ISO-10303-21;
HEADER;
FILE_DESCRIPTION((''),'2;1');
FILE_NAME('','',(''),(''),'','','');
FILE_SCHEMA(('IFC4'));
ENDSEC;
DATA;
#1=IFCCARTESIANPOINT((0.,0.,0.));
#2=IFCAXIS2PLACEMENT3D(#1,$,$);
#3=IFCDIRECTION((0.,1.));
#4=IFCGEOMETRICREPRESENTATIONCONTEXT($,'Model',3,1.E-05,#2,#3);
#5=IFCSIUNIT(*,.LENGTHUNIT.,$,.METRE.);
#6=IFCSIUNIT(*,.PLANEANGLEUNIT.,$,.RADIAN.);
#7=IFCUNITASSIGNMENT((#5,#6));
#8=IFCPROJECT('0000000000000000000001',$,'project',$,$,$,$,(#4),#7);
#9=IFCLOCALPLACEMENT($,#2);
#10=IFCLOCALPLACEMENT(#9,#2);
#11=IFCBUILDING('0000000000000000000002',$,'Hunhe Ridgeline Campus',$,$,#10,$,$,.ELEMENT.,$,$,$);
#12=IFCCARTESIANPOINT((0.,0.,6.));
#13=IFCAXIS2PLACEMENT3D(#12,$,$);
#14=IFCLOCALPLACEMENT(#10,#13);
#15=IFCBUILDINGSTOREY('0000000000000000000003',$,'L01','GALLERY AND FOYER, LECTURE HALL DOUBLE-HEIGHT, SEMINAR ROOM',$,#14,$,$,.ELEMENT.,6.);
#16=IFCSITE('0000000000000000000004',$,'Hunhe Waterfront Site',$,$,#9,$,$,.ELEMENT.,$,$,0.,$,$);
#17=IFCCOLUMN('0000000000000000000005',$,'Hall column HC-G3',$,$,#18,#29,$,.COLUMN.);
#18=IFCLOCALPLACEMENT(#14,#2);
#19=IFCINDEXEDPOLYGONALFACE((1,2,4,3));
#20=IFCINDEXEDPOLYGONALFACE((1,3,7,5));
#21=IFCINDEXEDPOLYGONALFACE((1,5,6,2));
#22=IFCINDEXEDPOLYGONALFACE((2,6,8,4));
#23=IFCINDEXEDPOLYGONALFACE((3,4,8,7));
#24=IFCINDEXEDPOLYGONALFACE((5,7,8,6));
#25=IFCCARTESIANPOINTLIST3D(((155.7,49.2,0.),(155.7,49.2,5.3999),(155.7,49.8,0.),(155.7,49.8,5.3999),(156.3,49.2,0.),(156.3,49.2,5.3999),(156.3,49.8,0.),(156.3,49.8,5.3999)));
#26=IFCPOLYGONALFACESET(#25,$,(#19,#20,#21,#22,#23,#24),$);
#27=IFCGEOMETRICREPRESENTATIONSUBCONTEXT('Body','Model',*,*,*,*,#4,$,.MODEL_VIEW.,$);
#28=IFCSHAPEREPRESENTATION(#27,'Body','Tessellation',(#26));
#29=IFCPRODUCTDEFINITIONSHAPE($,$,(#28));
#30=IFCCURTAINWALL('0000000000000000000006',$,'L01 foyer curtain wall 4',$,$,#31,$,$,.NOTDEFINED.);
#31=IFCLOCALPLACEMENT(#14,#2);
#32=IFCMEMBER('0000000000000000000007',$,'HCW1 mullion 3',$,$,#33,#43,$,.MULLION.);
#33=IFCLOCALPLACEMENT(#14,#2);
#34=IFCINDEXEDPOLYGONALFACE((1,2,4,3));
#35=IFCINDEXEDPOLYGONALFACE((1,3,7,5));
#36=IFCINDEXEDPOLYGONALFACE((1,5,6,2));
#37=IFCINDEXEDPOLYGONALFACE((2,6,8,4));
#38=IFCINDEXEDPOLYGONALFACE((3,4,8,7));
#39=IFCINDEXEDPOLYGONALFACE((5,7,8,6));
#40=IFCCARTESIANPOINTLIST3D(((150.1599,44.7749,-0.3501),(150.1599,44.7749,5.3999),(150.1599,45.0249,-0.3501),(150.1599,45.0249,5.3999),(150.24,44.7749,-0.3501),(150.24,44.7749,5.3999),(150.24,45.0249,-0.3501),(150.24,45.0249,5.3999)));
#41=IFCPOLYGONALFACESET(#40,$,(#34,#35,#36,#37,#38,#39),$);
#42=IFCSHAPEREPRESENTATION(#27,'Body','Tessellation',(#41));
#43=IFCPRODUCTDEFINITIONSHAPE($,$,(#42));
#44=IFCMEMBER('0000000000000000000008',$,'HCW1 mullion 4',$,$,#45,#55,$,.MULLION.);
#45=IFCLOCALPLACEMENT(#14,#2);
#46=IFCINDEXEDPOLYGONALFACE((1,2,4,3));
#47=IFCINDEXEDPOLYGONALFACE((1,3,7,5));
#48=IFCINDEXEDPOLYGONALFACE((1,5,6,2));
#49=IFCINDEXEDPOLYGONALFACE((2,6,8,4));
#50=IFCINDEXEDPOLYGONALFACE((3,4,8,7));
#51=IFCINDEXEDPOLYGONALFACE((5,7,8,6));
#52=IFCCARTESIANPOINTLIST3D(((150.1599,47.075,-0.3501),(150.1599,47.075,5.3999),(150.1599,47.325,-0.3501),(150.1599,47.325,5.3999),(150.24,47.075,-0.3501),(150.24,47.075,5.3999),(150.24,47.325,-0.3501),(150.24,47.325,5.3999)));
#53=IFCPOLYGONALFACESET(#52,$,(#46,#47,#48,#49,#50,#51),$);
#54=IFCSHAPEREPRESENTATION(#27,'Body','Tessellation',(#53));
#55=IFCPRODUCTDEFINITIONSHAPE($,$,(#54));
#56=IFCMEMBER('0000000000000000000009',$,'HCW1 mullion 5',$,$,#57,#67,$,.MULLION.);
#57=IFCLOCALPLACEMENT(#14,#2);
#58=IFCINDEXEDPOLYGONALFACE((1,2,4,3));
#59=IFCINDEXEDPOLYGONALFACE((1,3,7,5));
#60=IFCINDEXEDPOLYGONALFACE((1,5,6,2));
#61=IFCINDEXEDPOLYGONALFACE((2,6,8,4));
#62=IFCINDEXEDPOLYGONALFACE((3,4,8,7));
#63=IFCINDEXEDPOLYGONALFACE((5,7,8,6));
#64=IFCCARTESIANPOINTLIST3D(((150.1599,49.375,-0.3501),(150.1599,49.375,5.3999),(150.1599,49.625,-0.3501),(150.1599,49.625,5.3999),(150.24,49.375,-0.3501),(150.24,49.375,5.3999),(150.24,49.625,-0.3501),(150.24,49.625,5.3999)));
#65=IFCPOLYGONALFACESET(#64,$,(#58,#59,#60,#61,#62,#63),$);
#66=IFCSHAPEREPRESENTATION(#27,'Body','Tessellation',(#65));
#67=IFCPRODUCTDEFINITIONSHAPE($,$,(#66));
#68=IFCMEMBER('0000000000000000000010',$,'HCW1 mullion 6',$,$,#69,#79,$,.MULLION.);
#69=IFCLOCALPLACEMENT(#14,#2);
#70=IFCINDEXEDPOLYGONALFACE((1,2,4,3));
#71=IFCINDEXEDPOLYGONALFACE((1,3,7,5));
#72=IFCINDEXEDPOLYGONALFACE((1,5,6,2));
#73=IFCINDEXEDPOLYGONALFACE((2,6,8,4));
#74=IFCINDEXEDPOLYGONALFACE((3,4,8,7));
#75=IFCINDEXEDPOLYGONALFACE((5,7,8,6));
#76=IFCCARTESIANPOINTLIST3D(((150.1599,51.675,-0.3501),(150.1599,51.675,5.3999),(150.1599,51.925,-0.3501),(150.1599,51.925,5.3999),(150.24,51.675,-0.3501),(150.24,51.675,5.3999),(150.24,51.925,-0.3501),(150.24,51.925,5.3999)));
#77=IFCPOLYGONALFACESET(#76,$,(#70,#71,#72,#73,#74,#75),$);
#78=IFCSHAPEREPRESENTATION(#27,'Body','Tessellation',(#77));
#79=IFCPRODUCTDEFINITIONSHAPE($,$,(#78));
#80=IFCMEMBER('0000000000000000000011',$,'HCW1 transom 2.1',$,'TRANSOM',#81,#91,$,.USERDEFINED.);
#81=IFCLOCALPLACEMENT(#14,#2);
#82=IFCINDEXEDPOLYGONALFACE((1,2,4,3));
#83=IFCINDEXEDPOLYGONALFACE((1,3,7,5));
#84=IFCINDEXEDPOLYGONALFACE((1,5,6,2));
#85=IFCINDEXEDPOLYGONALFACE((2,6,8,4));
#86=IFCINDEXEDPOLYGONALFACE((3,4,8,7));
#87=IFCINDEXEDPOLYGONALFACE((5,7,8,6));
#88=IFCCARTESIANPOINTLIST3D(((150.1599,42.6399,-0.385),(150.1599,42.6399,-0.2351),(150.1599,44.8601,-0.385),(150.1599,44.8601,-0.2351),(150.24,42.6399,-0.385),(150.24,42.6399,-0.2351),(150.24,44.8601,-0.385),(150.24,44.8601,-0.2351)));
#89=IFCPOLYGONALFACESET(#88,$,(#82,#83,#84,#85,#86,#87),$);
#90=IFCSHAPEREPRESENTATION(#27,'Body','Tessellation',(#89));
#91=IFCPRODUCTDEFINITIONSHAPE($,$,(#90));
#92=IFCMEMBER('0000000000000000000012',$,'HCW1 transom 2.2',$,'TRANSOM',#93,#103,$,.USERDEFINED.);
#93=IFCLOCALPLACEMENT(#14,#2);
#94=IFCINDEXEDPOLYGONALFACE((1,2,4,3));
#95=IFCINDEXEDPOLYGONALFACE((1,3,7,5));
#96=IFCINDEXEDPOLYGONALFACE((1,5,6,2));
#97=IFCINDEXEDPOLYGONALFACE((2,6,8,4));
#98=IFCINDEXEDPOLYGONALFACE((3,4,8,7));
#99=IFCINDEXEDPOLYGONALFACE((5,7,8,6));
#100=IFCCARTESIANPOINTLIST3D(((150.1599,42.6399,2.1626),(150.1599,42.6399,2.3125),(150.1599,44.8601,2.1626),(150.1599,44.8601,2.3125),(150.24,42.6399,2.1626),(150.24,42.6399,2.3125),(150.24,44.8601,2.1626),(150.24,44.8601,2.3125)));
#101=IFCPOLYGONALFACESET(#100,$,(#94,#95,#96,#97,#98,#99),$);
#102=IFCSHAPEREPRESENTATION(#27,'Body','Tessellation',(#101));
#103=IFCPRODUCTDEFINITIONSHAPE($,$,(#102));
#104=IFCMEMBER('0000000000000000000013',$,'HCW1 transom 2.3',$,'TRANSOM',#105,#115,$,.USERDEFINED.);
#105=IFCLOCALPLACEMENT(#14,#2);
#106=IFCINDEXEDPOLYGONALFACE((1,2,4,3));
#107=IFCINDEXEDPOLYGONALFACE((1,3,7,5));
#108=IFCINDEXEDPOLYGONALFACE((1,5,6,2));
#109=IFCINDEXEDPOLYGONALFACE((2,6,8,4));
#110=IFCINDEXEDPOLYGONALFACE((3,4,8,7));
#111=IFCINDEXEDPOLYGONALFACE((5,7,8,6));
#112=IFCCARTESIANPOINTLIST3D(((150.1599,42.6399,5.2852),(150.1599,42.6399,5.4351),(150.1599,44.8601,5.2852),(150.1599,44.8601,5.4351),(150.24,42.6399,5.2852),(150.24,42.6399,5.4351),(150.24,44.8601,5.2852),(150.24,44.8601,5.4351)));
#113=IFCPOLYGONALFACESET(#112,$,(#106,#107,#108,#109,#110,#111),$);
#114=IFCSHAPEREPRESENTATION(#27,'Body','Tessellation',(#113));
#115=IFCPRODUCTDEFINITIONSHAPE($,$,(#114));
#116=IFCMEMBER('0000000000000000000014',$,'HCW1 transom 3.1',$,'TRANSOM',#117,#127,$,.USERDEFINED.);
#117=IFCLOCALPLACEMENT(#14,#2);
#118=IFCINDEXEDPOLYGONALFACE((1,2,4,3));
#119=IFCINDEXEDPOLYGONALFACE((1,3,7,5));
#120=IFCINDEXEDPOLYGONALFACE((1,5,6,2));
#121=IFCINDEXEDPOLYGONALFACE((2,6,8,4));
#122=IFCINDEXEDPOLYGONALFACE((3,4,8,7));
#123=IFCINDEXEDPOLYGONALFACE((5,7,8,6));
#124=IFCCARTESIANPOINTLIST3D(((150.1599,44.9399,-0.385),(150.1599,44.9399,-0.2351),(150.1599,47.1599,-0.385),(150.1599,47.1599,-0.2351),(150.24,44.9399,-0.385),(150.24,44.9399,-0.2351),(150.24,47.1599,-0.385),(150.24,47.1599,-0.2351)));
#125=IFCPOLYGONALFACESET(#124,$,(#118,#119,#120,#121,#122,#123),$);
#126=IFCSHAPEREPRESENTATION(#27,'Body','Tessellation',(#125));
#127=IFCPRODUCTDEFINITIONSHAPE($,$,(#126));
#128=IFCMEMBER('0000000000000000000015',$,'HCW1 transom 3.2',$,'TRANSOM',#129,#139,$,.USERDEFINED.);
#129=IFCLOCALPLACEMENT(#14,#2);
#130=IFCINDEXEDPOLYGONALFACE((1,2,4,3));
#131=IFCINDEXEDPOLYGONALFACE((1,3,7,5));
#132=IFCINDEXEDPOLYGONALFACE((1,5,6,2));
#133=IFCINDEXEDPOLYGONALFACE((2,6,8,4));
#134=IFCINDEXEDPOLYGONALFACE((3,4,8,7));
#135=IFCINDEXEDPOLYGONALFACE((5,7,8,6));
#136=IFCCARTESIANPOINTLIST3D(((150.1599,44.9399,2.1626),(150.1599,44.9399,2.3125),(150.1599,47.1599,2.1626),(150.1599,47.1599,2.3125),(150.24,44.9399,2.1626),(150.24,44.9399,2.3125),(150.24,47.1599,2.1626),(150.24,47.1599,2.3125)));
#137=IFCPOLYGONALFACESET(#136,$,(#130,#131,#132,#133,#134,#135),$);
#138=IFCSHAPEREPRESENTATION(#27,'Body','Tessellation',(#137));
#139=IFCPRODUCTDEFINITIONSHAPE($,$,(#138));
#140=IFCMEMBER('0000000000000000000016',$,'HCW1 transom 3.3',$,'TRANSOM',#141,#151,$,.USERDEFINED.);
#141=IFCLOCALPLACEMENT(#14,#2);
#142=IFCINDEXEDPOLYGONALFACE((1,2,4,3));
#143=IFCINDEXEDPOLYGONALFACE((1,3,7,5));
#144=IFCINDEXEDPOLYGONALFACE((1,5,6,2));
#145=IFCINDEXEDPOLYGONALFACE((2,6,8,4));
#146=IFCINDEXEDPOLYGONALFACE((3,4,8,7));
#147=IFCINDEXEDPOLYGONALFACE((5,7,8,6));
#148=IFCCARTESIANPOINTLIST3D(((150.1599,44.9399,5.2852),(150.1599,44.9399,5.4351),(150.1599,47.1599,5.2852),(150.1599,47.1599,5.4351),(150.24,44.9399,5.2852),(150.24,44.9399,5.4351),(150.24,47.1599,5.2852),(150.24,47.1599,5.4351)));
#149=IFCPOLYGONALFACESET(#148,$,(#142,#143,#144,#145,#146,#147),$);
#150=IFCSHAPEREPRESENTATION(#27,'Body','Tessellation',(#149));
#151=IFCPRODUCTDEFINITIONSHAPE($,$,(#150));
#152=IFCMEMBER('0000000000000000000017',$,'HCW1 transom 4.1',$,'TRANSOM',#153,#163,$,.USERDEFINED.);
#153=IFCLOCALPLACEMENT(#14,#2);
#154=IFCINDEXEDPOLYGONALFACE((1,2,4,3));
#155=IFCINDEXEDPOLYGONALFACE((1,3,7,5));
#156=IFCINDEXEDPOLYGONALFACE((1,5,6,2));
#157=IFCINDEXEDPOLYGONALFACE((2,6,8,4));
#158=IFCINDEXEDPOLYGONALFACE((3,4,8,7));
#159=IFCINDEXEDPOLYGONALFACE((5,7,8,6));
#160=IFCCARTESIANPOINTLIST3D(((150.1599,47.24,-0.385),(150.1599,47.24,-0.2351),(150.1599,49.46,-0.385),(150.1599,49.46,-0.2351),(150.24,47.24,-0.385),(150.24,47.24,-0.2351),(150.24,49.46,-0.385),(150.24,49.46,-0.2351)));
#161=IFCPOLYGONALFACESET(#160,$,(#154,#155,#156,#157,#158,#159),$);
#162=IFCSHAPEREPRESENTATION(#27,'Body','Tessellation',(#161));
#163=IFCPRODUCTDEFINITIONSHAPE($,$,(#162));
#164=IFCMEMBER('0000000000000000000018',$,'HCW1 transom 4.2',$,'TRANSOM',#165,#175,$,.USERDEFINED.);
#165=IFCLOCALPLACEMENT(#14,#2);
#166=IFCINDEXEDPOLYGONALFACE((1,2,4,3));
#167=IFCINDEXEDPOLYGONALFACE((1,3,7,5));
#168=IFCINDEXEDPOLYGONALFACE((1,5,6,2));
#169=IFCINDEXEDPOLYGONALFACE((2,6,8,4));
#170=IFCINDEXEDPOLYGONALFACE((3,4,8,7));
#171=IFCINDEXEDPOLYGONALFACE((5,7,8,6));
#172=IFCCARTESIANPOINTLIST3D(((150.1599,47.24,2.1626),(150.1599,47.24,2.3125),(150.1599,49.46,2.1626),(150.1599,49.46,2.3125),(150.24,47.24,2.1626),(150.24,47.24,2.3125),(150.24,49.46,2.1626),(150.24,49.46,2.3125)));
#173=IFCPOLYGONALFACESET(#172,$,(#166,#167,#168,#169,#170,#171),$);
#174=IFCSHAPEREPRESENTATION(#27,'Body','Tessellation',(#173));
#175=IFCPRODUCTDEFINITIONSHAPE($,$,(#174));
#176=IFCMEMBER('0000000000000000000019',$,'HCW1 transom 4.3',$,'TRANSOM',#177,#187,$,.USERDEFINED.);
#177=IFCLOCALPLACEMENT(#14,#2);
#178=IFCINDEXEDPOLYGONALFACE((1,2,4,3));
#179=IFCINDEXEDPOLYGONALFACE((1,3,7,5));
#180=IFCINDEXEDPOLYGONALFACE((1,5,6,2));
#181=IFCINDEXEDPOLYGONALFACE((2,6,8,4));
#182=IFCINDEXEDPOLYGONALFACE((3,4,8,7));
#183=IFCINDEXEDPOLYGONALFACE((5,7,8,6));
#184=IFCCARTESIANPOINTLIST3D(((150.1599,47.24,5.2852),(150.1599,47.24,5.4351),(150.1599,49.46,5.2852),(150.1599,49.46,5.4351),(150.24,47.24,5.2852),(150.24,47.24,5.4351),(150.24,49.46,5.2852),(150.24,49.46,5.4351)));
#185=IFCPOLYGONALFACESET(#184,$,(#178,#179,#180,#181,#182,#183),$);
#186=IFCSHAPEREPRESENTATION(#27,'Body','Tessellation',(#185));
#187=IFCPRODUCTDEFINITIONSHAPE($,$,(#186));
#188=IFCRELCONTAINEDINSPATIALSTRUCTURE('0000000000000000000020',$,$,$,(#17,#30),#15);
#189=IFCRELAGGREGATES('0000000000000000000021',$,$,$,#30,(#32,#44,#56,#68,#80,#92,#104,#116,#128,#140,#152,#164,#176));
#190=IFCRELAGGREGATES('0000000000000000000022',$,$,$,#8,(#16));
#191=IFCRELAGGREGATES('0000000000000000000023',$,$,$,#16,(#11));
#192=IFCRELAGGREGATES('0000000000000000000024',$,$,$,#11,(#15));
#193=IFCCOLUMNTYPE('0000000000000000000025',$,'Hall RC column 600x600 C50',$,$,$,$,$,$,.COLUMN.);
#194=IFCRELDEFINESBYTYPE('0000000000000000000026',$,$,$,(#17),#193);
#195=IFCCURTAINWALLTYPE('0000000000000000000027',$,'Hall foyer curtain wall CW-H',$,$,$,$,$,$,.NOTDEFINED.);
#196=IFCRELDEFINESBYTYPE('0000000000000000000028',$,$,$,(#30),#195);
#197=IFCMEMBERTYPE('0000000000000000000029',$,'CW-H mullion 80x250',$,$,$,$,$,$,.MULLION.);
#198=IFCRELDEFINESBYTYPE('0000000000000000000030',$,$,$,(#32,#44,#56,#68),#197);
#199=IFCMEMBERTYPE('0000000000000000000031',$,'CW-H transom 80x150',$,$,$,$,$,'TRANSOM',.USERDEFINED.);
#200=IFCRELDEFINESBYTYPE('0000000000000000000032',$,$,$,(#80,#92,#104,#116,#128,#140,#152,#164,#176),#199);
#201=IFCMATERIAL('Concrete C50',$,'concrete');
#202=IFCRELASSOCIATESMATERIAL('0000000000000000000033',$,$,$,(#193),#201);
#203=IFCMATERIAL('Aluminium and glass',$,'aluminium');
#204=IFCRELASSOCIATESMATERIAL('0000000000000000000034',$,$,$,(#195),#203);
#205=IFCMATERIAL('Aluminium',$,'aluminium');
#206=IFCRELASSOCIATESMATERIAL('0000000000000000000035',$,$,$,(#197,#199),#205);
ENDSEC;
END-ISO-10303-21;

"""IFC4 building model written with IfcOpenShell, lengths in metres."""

from ifc_helpers import new_model, si_unit, direction, frame, origin, origin_2d, place, context, subcontext, project, spatial, rectangle, extrude, material, material_profile, profile_set, type_object, element, aggregate, save


model = new_model("IFC4")

# Units and contexts
model_context = context("Model", 3, precision=1e-05, world=origin(), true_north=direction((0.0, 1.0)))
body_context = subcontext(model_context, "Body", "Model", "MODEL_VIEW")
ifc_project = project(units=[si_unit("LENGTHUNIT", "METRE"), si_unit("PLANEANGLEUNIT", "RADIAN")], contexts=[model_context])

# Site, building, storey
site_placement = place(None, origin())
site = spatial("IfcSite", under=ifc_project, at=site_placement, Name="Hunhe Waterfront Site", CompositionType="ELEMENT", RefElevation=0.0)
building_placement = place(site_placement, origin())
building = spatial("IfcBuilding", under=site, at=building_placement, Name="Hunhe Ridgeline Campus", CompositionType="ELEMENT")
storey_placement = place(building_placement, frame((0.0, 0.0, 6.0)))
storey = spatial("IfcBuildingStorey", under=building, at=storey_placement, Name="L01", Description="GALLERY AND FOYER, LECTURE HALL DOUBLE-HEIGHT, SEMINAR ROOM", CompositionType="ELEMENT", Elevation=6.0)

# Column
ifc_material_1 = material(Name="Concrete C50", Category="concrete")
ifc_material_profile_1 = material_profile(ifc_material_1, rectangle(XDim=0.6001, YDim=0.6001, at=origin_2d()))
ifc_profile_set_1 = profile_set([ifc_material_profile_1], Name="Concrete C50")
column_type = type_object("IfcColumnType", Name="Hall RC column 600x600 C50", PredefinedType="COLUMN", material=ifc_profile_set_1)
column_placement = place(storey_placement, frame((156.0, 49.5, 0.0), z_axis=(0.0, 0.0, 1.0), x_axis=(1.0, 0.0, 0.0)))
element("IfcColumn", 1, at=column_placement, inside=storey, type_object=column_type, Name="Hall column HC-G3", PredefinedType="COLUMN", context=body_context, shape_type="SweptSolid", body=[
    extrude(rectangle(XDim=0.6001, YDim=0.6001, at=origin_2d()), origin(), (0.0, 0.0, 1.0), 5.3999),
])

# Curtain wall, members
ifc_material_2 = material(Name="Aluminium and glass", Category="aluminium")
curtain_wall_type = type_object("IfcCurtainWallType", Name="Hall foyer curtain wall CW-H", PredefinedType="NOTDEFINED", material=ifc_material_2)
curtain_wall_placement = place(storey_placement, origin())
curtain_wall = element("IfcCurtainWall", 2, at=curtain_wall_placement, inside=storey, type_object=curtain_wall_type, Name="L01 foyer curtain wall 4", PredefinedType="NOTDEFINED")
ifc_material_3 = material(Name="Aluminium", Category="aluminium")
ifc_material_profile_2 = material_profile(ifc_material_3, rectangle(XDim=0.0801, YDim=0.25, at=origin_2d()))
ifc_profile_set_2 = profile_set([ifc_material_profile_2], Name="Aluminium")
member_type_1 = type_object("IfcMemberType", Name="CW-H mullion 80x250", PredefinedType="MULLION", material=ifc_profile_set_2)
member_1_placement = place(storey_placement, frame((150.2, 44.8999, -0.3501), z_axis=(0.0, 0.0, 1.0), x_axis=(-1.0, 0.0, 0.0)))
member_1 = element("IfcMember", 3, at=member_1_placement, type_object=member_type_1, Name="HCW1 mullion 3", PredefinedType="MULLION", context=body_context, shape_type="SweptSolid", body=[
    extrude(rectangle(XDim=0.0801, YDim=0.25, at=origin_2d()), origin(), (0.0, 0.0, 1.0), 5.75),
])
member_2_placement = place(storey_placement, frame((150.2, 47.2, -0.3501), z_axis=(0.0, 0.0, 1.0), x_axis=(-1.0, 0.0, 0.0)))
member_2 = element("IfcMember", 4, at=member_2_placement, type_object=member_type_1, Name="HCW1 mullion 4", PredefinedType="MULLION", context=body_context, shape_type="SweptSolid", body=[
    extrude(rectangle(XDim=0.0801, YDim=0.25, at=origin_2d()), origin(), (0.0, 0.0, 1.0), 5.75),
])
member_3_placement = place(storey_placement, frame((150.2, 49.5, -0.3501), z_axis=(0.0, 0.0, 1.0), x_axis=(-1.0, 0.0, 0.0)))
member_3 = element("IfcMember", 5, at=member_3_placement, type_object=member_type_1, Name="HCW1 mullion 5", PredefinedType="MULLION", context=body_context, shape_type="SweptSolid", body=[
    extrude(rectangle(XDim=0.0801, YDim=0.25, at=origin_2d()), origin(), (0.0, 0.0, 1.0), 5.75),
])
member_4_placement = place(storey_placement, frame((150.2, 51.8, -0.3501), z_axis=(0.0, 0.0, 1.0), x_axis=(-1.0, 0.0, 0.0)))
member_4 = element("IfcMember", 6, at=member_4_placement, type_object=member_type_1, Name="HCW1 mullion 6", PredefinedType="MULLION", context=body_context, shape_type="SweptSolid", body=[
    extrude(rectangle(XDim=0.0801, YDim=0.25, at=origin_2d()), origin(), (0.0, 0.0, 1.0), 5.75),
])
ifc_material_profile_3 = material_profile(ifc_material_3, rectangle(XDim=0.0801, YDim=0.1499, at=origin_2d()))
ifc_profile_set_3 = profile_set([ifc_material_profile_3], Name="Aluminium")
member_type_2 = type_object("IfcMemberType", Name="CW-H transom 80x150", ElementType="TRANSOM", PredefinedType="USERDEFINED", material=ifc_profile_set_3)
member_5_placement = place(storey_placement, frame((150.2, 42.6399, -0.3101), z_axis=(0.0, 1.0, 0.0), x_axis=(-1.0, 0.0, 0.0)))
member_5 = element("IfcMember", 7, at=member_5_placement, type_object=member_type_2, Name="HCW1 transom 2.1", ObjectType="TRANSOM", PredefinedType="USERDEFINED", context=body_context, shape_type="SweptSolid", body=[
    extrude(rectangle(XDim=0.0801, YDim=0.1499, at=origin_2d()), origin(), (0.0, 0.0, 1.0), 2.2202),
])
member_6_placement = place(storey_placement, frame((150.2, 42.6399, 2.2375), z_axis=(0.0, 1.0, 0.0), x_axis=(-1.0, 0.0, 0.0)))
member_6 = element("IfcMember", 8, at=member_6_placement, type_object=member_type_2, Name="HCW1 transom 2.2", ObjectType="TRANSOM", PredefinedType="USERDEFINED", context=body_context, shape_type="SweptSolid", body=[
    extrude(rectangle(XDim=0.0801, YDim=0.1499, at=origin_2d()), origin(), (0.0, 0.0, 1.0), 2.2202),
])
member_7_placement = place(storey_placement, frame((150.2, 42.6399, 5.3601), z_axis=(0.0, 1.0, 0.0), x_axis=(-1.0, 0.0, 0.0)))
member_7 = element("IfcMember", 9, at=member_7_placement, type_object=member_type_2, Name="HCW1 transom 2.3", ObjectType="TRANSOM", PredefinedType="USERDEFINED", context=body_context, shape_type="SweptSolid", body=[
    extrude(rectangle(XDim=0.0801, YDim=0.1499, at=origin_2d()), origin(), (0.0, 0.0, 1.0), 2.2202),
])
member_8_placement = place(storey_placement, frame((150.2, 44.9399, -0.3101), z_axis=(0.0, 1.0, 0.0), x_axis=(-1.0, 0.0, 0.0)))
member_8 = element("IfcMember", 10, at=member_8_placement, type_object=member_type_2, Name="HCW1 transom 3.1", ObjectType="TRANSOM", PredefinedType="USERDEFINED", context=body_context, shape_type="SweptSolid", body=[
    extrude(rectangle(XDim=0.0801, YDim=0.1499, at=origin_2d()), origin(), (0.0, 0.0, 1.0), 2.22),
])
member_9_placement = place(storey_placement, frame((150.2, 44.9399, 2.2375), z_axis=(0.0, 1.0, 0.0), x_axis=(-1.0, 0.0, 0.0)))
member_9 = element("IfcMember", 11, at=member_9_placement, type_object=member_type_2, Name="HCW1 transom 3.2", ObjectType="TRANSOM", PredefinedType="USERDEFINED", context=body_context, shape_type="SweptSolid", body=[
    extrude(rectangle(XDim=0.0801, YDim=0.1499, at=origin_2d()), origin(), (0.0, 0.0, 1.0), 2.22),
])
member_10_placement = place(storey_placement, frame((150.2, 44.9399, 5.3601), z_axis=(0.0, 1.0, 0.0), x_axis=(-1.0, 0.0, 0.0)))
member_10 = element("IfcMember", 12, at=member_10_placement, type_object=member_type_2, Name="HCW1 transom 3.3", ObjectType="TRANSOM", PredefinedType="USERDEFINED", context=body_context, shape_type="SweptSolid", body=[
    extrude(rectangle(XDim=0.0801, YDim=0.1499, at=origin_2d()), origin(), (0.0, 0.0, 1.0), 2.22),
])
member_11_placement = place(storey_placement, frame((150.2, 47.24, -0.3101), z_axis=(0.0, 1.0, 0.0), x_axis=(-1.0, 0.0, 0.0)))
member_11 = element("IfcMember", 13, at=member_11_placement, type_object=member_type_2, Name="HCW1 transom 4.1", ObjectType="TRANSOM", PredefinedType="USERDEFINED", context=body_context, shape_type="SweptSolid", body=[
    extrude(rectangle(XDim=0.0801, YDim=0.1499, at=origin_2d()), origin(), (0.0, 0.0, 1.0), 2.22),
])
member_12_placement = place(storey_placement, frame((150.2, 47.24, 2.2375), z_axis=(0.0, 1.0, 0.0), x_axis=(-1.0, 0.0, 0.0)))
member_12 = element("IfcMember", 14, at=member_12_placement, type_object=member_type_2, Name="HCW1 transom 4.2", ObjectType="TRANSOM", PredefinedType="USERDEFINED", context=body_context, shape_type="SweptSolid", body=[
    extrude(rectangle(XDim=0.0801, YDim=0.1499, at=origin_2d()), origin(), (0.0, 0.0, 1.0), 2.22),
])
member_13_placement = place(storey_placement, frame((150.2, 47.24, 5.3601), z_axis=(0.0, 1.0, 0.0), x_axis=(-1.0, 0.0, 0.0)))
member_13 = element("IfcMember", 15, at=member_13_placement, type_object=member_type_2, Name="HCW1 transom 4.3", ObjectType="TRANSOM", PredefinedType="USERDEFINED", context=body_context, shape_type="SweptSolid", body=[
    extrude(rectangle(XDim=0.0801, YDim=0.1499, at=origin_2d()), origin(), (0.0, 0.0, 1.0), 2.22),
])

aggregate(curtain_wall, [member_1, member_2, member_3, member_4, member_5, member_6, member_7, member_8, member_9, member_10, member_11, member_12, member_13])

save(model, "model.ifc")
